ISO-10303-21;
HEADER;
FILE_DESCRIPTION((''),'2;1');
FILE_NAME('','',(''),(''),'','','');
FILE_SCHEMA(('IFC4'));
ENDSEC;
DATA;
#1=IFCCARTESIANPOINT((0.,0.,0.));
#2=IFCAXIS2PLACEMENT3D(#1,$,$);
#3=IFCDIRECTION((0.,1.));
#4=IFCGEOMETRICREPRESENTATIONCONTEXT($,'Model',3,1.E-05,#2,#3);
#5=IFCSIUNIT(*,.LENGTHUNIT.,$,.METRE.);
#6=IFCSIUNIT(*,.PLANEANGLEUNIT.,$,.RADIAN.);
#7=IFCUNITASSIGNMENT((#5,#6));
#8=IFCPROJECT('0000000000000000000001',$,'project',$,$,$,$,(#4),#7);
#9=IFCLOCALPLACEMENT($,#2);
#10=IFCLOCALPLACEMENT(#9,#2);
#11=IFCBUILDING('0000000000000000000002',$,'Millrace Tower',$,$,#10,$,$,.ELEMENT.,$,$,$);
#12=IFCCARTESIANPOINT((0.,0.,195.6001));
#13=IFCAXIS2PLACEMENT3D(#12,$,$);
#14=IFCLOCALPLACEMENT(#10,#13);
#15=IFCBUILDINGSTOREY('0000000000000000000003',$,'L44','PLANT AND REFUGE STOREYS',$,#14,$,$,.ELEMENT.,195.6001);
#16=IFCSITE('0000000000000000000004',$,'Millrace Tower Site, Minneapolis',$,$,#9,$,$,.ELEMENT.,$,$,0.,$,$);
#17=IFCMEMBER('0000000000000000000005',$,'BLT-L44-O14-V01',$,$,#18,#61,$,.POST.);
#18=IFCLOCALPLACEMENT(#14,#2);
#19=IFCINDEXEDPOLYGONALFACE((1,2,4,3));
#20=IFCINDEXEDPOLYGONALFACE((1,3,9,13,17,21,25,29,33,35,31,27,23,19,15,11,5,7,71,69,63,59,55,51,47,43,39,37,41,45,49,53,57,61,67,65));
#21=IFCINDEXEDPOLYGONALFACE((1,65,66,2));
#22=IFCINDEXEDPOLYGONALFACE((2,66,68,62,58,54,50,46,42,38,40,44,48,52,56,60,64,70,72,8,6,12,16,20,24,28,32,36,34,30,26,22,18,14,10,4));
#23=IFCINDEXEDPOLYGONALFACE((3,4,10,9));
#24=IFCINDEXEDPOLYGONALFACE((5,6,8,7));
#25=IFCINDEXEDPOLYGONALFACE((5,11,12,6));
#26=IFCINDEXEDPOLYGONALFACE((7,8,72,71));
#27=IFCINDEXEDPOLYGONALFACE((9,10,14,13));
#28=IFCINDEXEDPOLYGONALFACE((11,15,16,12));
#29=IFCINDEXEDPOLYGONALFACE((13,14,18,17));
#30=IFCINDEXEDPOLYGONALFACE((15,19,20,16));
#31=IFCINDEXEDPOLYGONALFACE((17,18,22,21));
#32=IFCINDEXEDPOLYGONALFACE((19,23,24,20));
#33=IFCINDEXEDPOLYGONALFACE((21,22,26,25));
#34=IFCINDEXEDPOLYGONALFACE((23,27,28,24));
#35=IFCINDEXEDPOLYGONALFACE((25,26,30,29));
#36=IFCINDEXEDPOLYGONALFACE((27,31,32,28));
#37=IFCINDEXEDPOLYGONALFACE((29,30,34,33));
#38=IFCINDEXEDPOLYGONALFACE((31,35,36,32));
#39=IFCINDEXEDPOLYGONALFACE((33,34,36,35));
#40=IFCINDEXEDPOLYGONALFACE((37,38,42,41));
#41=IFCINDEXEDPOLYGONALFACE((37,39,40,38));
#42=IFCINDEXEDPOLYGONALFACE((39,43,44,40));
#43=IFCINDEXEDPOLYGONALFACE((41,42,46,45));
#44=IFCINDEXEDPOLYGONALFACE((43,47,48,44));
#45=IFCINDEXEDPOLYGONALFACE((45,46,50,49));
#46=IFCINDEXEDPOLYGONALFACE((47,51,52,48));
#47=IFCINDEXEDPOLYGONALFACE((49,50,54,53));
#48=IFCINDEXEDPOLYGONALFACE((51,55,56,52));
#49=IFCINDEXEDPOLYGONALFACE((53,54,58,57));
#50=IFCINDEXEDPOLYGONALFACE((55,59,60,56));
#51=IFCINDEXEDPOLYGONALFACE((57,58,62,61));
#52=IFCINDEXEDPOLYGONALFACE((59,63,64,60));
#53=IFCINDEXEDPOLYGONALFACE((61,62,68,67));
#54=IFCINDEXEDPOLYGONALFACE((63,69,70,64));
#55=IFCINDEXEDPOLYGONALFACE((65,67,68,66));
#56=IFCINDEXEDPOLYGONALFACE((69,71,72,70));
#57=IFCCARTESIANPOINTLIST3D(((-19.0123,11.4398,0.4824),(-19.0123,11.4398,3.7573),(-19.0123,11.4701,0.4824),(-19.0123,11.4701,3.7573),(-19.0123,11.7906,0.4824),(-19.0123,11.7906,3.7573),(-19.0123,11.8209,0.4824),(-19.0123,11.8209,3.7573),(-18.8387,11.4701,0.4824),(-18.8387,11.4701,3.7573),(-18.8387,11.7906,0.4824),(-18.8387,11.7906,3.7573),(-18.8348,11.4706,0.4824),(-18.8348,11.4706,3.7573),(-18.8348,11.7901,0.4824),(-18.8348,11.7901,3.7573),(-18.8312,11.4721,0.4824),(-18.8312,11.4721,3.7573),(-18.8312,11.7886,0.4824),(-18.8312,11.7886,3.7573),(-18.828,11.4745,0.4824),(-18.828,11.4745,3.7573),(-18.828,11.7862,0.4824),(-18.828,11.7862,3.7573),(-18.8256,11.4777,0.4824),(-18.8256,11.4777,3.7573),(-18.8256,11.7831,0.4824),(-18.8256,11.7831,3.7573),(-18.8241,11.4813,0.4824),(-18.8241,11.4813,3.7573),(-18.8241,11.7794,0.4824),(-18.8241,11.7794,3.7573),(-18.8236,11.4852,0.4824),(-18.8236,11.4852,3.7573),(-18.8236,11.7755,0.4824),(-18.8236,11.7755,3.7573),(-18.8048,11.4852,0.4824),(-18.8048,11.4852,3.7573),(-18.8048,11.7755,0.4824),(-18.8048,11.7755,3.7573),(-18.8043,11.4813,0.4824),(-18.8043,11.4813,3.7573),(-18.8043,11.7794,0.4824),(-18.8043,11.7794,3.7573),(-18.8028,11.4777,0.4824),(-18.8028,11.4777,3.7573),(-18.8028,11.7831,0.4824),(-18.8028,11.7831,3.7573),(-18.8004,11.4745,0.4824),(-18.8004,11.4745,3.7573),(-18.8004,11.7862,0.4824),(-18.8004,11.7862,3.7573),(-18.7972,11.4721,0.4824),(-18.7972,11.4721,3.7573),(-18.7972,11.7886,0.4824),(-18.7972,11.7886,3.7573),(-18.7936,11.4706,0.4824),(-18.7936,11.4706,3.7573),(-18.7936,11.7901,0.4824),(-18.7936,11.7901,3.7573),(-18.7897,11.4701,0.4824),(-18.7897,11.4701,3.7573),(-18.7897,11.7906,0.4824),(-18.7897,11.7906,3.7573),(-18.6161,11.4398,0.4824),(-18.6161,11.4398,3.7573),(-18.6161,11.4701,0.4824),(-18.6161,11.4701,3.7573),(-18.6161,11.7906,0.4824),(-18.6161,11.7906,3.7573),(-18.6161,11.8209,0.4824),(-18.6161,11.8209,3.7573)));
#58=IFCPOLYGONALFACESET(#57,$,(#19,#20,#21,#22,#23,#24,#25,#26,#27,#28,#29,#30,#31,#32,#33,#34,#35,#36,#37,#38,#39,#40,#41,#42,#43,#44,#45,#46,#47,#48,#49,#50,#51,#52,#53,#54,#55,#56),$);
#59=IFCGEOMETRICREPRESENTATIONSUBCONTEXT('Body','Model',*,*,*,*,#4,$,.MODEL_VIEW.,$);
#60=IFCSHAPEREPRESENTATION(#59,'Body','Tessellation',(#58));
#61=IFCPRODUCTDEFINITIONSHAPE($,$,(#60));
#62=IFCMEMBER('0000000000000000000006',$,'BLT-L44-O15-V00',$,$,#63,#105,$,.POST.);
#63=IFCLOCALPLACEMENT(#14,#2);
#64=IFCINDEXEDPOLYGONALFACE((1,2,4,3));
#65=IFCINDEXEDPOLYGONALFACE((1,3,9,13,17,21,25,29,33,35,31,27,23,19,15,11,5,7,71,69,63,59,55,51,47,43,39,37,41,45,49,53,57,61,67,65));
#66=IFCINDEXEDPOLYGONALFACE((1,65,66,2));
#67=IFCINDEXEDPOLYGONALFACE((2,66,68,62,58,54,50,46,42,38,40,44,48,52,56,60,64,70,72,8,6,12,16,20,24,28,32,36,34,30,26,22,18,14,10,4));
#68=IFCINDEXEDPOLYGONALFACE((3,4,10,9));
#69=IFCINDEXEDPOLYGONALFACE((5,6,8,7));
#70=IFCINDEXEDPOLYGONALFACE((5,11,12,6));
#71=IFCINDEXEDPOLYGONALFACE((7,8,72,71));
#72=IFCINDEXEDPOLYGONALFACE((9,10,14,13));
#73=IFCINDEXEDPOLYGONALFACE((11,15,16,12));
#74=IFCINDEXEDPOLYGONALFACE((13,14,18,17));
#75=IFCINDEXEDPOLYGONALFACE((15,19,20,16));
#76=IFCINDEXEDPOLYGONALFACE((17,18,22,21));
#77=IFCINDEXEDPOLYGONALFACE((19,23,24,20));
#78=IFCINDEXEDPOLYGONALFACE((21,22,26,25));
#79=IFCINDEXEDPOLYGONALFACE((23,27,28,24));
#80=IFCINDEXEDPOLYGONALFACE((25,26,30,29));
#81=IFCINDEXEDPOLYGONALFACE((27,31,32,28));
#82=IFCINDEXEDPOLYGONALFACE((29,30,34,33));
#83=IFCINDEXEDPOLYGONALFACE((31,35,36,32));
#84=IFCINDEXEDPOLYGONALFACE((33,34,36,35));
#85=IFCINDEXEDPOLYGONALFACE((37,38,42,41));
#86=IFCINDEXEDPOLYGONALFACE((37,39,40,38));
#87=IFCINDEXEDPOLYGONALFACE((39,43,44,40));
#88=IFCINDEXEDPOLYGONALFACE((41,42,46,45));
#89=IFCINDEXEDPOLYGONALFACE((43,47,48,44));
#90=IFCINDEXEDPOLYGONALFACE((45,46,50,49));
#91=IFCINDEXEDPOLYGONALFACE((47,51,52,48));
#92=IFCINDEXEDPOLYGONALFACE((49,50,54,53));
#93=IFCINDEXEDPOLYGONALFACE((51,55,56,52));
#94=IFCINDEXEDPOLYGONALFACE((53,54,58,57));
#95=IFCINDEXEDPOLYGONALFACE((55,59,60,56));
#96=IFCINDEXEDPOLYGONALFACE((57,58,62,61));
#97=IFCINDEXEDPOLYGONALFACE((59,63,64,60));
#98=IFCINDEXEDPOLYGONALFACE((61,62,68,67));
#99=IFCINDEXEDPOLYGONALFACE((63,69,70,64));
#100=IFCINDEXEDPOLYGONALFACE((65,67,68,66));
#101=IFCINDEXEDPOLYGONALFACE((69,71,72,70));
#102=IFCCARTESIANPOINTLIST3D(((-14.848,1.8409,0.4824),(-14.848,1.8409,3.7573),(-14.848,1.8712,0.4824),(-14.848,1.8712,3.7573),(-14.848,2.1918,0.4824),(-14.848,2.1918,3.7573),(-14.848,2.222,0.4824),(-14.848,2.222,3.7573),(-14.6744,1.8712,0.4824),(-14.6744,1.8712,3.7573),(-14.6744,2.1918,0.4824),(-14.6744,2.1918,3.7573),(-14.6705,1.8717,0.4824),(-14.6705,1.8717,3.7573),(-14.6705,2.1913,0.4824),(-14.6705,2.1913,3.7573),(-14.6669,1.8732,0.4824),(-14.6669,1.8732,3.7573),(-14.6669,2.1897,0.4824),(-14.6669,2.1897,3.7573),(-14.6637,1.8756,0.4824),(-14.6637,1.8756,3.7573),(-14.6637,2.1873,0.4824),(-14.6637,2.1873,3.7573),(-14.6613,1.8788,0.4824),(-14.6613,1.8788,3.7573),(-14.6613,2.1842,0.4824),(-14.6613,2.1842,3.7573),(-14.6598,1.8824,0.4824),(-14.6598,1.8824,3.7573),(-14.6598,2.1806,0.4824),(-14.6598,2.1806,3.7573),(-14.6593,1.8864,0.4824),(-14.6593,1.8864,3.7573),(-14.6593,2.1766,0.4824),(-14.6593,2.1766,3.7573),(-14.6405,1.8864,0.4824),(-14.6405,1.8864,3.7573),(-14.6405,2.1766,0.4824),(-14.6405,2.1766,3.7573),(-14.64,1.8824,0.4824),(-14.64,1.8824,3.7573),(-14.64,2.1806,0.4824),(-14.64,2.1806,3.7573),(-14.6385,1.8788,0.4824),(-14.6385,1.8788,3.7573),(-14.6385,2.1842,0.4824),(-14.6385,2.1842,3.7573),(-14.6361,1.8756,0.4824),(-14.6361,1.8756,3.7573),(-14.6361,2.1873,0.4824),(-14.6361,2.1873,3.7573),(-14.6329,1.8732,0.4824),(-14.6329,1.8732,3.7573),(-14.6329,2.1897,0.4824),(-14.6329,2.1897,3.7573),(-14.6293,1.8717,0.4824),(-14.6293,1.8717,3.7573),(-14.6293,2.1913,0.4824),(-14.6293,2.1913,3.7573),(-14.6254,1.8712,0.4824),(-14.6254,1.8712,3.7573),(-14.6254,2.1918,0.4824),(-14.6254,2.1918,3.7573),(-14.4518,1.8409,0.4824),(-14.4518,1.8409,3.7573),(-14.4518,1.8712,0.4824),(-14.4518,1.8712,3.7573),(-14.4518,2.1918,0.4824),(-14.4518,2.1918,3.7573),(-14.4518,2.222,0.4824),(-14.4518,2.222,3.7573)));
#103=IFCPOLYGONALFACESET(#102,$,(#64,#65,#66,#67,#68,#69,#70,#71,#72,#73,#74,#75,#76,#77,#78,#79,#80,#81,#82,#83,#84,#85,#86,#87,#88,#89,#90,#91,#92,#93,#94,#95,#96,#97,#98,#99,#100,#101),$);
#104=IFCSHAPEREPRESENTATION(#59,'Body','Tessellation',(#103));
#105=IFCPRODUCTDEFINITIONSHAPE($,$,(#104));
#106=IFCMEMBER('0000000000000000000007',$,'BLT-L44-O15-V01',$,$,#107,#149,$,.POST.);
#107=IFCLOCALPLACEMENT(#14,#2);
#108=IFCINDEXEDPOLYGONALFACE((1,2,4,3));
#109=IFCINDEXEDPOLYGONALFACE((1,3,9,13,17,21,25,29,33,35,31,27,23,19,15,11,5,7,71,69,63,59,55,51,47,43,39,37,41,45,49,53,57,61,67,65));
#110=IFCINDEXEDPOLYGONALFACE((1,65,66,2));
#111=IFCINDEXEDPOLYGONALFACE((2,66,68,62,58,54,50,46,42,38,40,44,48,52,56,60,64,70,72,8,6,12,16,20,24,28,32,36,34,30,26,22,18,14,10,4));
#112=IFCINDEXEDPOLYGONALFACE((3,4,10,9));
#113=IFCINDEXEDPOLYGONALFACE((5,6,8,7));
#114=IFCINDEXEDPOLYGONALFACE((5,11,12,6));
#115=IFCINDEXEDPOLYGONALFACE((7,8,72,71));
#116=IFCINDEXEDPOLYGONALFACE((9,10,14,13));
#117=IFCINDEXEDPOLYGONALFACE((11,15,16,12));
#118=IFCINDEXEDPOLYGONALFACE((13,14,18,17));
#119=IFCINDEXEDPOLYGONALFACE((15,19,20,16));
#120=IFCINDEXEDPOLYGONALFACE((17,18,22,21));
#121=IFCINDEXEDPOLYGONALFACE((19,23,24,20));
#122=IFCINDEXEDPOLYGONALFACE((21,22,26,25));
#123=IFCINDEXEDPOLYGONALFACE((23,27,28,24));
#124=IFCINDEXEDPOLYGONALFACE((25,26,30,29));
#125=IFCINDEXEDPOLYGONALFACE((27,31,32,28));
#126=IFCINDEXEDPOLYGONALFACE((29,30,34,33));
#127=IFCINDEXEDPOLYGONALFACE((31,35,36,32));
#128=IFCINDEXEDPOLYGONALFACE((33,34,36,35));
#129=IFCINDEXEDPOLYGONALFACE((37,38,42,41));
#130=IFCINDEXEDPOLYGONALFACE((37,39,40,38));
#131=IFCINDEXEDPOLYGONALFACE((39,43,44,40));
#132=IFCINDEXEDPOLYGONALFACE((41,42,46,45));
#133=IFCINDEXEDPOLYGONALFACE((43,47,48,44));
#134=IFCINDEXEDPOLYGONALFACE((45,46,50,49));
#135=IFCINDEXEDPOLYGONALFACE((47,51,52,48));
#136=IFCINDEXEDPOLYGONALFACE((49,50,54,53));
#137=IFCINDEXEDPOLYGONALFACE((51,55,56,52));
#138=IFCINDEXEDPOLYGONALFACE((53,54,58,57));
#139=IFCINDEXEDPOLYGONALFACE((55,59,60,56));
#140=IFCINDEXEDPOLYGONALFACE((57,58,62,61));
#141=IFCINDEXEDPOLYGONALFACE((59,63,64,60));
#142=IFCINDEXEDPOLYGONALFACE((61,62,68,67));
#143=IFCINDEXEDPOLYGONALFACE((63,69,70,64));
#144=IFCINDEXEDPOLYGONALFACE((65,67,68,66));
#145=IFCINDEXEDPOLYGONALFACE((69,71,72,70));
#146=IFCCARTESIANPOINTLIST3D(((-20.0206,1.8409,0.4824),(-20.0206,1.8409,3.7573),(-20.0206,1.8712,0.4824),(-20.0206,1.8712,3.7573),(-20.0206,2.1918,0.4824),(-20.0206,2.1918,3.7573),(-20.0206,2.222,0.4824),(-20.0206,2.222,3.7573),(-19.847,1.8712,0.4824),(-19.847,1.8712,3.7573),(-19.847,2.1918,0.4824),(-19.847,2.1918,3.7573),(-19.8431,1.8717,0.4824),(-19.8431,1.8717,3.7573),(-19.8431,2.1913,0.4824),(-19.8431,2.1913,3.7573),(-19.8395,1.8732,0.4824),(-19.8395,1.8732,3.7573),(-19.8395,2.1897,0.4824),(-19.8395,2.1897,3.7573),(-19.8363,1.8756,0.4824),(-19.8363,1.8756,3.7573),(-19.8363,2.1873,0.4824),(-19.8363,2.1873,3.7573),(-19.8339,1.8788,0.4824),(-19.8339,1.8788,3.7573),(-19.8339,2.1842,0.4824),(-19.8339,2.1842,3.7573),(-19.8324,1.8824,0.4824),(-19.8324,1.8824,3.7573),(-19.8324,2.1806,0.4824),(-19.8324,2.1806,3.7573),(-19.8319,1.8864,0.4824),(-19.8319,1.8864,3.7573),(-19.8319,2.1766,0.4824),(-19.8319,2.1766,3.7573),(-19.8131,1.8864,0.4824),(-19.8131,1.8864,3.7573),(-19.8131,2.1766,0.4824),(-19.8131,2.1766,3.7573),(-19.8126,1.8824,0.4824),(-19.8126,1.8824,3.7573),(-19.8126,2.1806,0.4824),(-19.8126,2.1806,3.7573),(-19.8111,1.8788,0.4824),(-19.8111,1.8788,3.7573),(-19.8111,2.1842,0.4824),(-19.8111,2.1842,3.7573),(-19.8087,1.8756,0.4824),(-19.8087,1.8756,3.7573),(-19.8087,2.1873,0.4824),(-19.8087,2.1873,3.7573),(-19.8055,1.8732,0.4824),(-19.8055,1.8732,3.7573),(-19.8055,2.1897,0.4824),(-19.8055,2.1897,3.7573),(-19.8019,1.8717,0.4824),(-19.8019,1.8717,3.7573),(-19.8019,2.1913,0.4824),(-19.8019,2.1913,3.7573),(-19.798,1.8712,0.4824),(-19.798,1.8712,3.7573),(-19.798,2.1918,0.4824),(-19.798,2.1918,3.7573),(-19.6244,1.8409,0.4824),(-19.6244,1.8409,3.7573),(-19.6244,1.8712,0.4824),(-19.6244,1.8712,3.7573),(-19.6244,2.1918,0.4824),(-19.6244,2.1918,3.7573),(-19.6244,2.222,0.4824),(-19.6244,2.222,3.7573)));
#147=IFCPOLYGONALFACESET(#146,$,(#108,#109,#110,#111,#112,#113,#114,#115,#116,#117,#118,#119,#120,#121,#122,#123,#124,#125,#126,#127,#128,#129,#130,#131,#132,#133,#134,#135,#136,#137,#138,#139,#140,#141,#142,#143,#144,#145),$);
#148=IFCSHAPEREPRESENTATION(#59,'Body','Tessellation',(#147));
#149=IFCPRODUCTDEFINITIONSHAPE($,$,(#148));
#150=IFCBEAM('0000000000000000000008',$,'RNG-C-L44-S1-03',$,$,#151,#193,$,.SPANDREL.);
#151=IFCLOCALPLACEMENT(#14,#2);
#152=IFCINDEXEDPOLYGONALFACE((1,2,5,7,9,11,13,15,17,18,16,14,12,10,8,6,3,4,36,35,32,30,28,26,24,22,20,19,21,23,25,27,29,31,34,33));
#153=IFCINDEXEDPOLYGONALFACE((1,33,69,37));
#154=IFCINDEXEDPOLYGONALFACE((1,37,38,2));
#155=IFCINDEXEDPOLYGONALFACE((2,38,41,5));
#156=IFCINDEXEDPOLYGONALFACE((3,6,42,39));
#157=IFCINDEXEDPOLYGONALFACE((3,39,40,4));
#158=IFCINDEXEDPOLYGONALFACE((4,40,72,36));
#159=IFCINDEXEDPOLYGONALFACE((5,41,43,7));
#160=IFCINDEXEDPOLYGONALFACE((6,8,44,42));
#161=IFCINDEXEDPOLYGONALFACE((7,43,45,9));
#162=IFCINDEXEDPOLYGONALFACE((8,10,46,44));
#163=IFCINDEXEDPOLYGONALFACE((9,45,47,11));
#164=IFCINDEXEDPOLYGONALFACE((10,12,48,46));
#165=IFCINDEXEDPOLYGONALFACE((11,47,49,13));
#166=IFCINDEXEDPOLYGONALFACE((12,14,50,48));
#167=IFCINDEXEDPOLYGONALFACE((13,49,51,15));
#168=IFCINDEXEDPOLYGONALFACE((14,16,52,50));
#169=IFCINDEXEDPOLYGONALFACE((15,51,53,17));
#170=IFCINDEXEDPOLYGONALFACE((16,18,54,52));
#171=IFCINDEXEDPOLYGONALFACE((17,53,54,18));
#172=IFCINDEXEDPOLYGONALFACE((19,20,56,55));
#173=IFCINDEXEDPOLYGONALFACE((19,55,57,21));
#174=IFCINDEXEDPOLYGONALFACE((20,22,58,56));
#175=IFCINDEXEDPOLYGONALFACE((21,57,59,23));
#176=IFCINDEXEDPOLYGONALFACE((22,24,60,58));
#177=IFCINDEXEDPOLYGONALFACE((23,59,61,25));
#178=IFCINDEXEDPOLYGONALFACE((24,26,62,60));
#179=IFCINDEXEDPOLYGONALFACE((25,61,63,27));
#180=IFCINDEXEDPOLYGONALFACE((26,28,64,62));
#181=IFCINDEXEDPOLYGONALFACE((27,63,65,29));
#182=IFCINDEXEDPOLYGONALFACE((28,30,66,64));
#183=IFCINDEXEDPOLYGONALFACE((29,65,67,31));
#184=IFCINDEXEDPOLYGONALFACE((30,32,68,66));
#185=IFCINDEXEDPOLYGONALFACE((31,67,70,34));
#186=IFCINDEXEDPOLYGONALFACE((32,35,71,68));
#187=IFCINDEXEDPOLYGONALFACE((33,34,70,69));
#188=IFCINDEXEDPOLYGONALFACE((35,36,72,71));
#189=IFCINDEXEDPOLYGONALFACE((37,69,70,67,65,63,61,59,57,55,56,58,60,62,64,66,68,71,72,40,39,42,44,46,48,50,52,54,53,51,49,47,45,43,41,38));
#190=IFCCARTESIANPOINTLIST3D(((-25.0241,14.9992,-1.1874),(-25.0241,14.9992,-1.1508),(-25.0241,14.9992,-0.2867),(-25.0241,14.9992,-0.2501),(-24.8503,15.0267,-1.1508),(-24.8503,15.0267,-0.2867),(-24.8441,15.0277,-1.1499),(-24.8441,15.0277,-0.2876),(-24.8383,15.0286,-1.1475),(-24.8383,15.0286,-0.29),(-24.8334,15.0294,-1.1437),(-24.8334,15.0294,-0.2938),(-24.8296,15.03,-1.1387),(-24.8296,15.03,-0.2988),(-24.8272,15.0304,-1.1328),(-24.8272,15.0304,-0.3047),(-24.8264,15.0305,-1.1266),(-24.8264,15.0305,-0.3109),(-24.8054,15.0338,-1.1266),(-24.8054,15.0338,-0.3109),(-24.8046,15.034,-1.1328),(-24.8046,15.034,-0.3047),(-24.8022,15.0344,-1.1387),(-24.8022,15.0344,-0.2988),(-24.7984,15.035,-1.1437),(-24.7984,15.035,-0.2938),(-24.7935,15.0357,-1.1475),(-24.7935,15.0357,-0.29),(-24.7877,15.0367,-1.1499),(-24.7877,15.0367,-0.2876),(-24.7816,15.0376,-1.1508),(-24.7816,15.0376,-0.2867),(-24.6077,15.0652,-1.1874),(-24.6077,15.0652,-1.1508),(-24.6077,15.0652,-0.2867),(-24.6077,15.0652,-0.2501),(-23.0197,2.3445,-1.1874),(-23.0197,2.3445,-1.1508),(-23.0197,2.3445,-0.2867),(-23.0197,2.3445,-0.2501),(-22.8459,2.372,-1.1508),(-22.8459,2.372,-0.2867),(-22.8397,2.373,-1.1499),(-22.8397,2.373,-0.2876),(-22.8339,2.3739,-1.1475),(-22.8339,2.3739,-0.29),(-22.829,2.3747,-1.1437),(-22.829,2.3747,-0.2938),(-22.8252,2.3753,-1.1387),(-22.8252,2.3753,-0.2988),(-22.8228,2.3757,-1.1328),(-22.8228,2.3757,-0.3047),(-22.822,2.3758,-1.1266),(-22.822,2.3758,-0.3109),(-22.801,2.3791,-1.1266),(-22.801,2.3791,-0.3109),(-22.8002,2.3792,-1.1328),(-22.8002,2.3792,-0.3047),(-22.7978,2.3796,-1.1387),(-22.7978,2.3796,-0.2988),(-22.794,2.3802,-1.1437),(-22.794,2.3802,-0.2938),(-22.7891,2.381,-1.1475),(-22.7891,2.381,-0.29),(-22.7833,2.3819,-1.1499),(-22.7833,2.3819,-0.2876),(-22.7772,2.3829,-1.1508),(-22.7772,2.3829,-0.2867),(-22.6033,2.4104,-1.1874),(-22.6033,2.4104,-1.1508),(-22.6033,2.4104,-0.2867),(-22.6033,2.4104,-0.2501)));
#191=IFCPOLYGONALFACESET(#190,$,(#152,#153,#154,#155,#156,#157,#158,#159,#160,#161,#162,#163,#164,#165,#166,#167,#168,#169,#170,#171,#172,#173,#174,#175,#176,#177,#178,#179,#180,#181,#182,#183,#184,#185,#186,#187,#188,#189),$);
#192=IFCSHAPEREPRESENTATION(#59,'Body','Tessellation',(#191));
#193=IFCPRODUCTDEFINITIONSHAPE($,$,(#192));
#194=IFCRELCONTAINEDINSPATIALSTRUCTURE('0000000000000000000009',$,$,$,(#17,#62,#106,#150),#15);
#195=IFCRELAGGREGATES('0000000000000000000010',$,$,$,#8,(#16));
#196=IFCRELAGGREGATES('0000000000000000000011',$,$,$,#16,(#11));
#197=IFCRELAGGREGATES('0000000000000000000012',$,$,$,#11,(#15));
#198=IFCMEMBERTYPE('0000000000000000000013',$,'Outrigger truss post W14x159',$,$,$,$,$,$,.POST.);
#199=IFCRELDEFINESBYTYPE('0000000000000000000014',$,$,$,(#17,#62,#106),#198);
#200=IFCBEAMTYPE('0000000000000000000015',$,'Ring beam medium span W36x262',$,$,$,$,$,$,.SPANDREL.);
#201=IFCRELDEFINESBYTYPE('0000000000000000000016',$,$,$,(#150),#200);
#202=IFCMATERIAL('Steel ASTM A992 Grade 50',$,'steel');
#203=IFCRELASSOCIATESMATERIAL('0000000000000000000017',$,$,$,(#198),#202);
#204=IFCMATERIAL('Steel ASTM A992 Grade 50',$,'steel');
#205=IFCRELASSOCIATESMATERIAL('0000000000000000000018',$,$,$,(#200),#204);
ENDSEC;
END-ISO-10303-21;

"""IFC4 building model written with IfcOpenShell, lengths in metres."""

from ifc_helpers import new_model, si_unit, direction, frame, origin, origin_2d, place, context, subcontext, project, spatial, i_section, extrude, material, material_profile, profile_set, type_object, element, save


model = new_model("IFC4")

# Units and contexts
model_context = context("Model", 3, precision=1e-05, world=origin(), true_north=direction((0.0, 1.0)))
body_context = subcontext(model_context, "Body", "Model", "MODEL_VIEW")
ifc_project = project(units=[si_unit("LENGTHUNIT", "METRE"), si_unit("PLANEANGLEUNIT", "RADIAN")], contexts=[model_context])

# Site, building, storey
site_placement = place(None, origin())
site = spatial("IfcSite", under=ifc_project, at=site_placement, Name="Millrace Tower Site, Minneapolis", CompositionType="ELEMENT", RefElevation=0.0)
building_placement = place(site_placement, origin())
building = spatial("IfcBuilding", under=site, at=building_placement, Name="Millrace Tower", CompositionType="ELEMENT")
storey_placement = place(building_placement, frame((0.0, 0.0, 195.6001)))
storey = spatial("IfcBuildingStorey", under=building, at=storey_placement, Name="L44", Description="PLANT AND REFUGE STOREYS", CompositionType="ELEMENT", Elevation=195.6001)

# Members
ifc_material_1 = material(Name="Steel ASTM A992 Grade 50", Category="steel")
ifc_material_profile_1 = material_profile(ifc_material_1, i_section(OverallWidth=0.3962, OverallDepth=0.3811, WebThickness=0.0188, FlangeThickness=0.0303, FilletRadius=0.0151, at=origin_2d()))
ifc_profile_set_1 = profile_set([ifc_material_profile_1], Name="Steel ASTM A992 Grade 50")
member_type_1 = type_object("IfcMemberType", Name="Outrigger truss post W14x159", PredefinedType="POST", material=ifc_profile_set_1)
for number, where, z_axis, x_axis, name in (
    (1, (-18.8142, 11.6304, 0.4824), (0.0, 0.0, 1.0), (1.0, 0.0, 0.0), "BLT-L44-O14-V01"),
    (2, (-14.6499, 2.0315, 0.4824), (0.0, 0.0, 1.0), (1.0, 0.0, 0.0), "BLT-L44-O15-V00"),
    (3, (-19.8225, 2.0315, 0.4824), (0.0, 0.0, 1.0), (1.0, 0.0, 0.0), "BLT-L44-O15-V01"),
):
    element("IfcMember", number, at=place(storey_placement, frame(where, z_axis=z_axis, x_axis=x_axis)), inside=storey, type_object=member_type_1, Name=name, PredefinedType="POST", context=body_context, shape_type="SweptSolid", body=[
        extrude(i_section(OverallWidth=0.3962, OverallDepth=0.3811, WebThickness=0.0188, FlangeThickness=0.0303, FilletRadius=0.0151, at=origin_2d()), origin(), (0.0, 0.0, 1.0), 3.2749),
    ])

# Beam
ifc_material_2 = material(Name="Steel ASTM A992 Grade 50", Category="steel")
ifc_material_profile_2 = material_profile(ifc_material_2, i_section(OverallWidth=0.4216, OverallDepth=0.9373, WebThickness=0.0212, FlangeThickness=0.0366, FilletRadius=0.0242, at=origin_2d()))
ifc_profile_set_2 = profile_set([ifc_material_profile_2], Name="Steel ASTM A992 Grade 50")
beam_type_1 = type_object("IfcBeamType", Name="Ring beam medium span W36x262", PredefinedType="SPANDREL", material=ifc_profile_set_2)
beam_1_placement = place(storey_placement, frame((-22.8115, 2.3774, -0.7188), z_axis=(-0.15644, 0.987687, 0.0), x_axis=(-0.987687, -0.15644, 0.0)))
element("IfcBeam", 4, at=beam_1_placement, inside=storey, type_object=beam_type_1, Name="RNG-C-L44-S1-03", PredefinedType="SPANDREL", context=body_context, shape_type="SweptSolid", body=[
    extrude(i_section(OverallWidth=0.4216, OverallDepth=0.9373, WebThickness=0.0212, FlangeThickness=0.0366, FilletRadius=0.0242, at=origin_2d()), origin(), (0.0, 0.0, 1.0), 12.8125),
])

save(model, "model.ifc")
